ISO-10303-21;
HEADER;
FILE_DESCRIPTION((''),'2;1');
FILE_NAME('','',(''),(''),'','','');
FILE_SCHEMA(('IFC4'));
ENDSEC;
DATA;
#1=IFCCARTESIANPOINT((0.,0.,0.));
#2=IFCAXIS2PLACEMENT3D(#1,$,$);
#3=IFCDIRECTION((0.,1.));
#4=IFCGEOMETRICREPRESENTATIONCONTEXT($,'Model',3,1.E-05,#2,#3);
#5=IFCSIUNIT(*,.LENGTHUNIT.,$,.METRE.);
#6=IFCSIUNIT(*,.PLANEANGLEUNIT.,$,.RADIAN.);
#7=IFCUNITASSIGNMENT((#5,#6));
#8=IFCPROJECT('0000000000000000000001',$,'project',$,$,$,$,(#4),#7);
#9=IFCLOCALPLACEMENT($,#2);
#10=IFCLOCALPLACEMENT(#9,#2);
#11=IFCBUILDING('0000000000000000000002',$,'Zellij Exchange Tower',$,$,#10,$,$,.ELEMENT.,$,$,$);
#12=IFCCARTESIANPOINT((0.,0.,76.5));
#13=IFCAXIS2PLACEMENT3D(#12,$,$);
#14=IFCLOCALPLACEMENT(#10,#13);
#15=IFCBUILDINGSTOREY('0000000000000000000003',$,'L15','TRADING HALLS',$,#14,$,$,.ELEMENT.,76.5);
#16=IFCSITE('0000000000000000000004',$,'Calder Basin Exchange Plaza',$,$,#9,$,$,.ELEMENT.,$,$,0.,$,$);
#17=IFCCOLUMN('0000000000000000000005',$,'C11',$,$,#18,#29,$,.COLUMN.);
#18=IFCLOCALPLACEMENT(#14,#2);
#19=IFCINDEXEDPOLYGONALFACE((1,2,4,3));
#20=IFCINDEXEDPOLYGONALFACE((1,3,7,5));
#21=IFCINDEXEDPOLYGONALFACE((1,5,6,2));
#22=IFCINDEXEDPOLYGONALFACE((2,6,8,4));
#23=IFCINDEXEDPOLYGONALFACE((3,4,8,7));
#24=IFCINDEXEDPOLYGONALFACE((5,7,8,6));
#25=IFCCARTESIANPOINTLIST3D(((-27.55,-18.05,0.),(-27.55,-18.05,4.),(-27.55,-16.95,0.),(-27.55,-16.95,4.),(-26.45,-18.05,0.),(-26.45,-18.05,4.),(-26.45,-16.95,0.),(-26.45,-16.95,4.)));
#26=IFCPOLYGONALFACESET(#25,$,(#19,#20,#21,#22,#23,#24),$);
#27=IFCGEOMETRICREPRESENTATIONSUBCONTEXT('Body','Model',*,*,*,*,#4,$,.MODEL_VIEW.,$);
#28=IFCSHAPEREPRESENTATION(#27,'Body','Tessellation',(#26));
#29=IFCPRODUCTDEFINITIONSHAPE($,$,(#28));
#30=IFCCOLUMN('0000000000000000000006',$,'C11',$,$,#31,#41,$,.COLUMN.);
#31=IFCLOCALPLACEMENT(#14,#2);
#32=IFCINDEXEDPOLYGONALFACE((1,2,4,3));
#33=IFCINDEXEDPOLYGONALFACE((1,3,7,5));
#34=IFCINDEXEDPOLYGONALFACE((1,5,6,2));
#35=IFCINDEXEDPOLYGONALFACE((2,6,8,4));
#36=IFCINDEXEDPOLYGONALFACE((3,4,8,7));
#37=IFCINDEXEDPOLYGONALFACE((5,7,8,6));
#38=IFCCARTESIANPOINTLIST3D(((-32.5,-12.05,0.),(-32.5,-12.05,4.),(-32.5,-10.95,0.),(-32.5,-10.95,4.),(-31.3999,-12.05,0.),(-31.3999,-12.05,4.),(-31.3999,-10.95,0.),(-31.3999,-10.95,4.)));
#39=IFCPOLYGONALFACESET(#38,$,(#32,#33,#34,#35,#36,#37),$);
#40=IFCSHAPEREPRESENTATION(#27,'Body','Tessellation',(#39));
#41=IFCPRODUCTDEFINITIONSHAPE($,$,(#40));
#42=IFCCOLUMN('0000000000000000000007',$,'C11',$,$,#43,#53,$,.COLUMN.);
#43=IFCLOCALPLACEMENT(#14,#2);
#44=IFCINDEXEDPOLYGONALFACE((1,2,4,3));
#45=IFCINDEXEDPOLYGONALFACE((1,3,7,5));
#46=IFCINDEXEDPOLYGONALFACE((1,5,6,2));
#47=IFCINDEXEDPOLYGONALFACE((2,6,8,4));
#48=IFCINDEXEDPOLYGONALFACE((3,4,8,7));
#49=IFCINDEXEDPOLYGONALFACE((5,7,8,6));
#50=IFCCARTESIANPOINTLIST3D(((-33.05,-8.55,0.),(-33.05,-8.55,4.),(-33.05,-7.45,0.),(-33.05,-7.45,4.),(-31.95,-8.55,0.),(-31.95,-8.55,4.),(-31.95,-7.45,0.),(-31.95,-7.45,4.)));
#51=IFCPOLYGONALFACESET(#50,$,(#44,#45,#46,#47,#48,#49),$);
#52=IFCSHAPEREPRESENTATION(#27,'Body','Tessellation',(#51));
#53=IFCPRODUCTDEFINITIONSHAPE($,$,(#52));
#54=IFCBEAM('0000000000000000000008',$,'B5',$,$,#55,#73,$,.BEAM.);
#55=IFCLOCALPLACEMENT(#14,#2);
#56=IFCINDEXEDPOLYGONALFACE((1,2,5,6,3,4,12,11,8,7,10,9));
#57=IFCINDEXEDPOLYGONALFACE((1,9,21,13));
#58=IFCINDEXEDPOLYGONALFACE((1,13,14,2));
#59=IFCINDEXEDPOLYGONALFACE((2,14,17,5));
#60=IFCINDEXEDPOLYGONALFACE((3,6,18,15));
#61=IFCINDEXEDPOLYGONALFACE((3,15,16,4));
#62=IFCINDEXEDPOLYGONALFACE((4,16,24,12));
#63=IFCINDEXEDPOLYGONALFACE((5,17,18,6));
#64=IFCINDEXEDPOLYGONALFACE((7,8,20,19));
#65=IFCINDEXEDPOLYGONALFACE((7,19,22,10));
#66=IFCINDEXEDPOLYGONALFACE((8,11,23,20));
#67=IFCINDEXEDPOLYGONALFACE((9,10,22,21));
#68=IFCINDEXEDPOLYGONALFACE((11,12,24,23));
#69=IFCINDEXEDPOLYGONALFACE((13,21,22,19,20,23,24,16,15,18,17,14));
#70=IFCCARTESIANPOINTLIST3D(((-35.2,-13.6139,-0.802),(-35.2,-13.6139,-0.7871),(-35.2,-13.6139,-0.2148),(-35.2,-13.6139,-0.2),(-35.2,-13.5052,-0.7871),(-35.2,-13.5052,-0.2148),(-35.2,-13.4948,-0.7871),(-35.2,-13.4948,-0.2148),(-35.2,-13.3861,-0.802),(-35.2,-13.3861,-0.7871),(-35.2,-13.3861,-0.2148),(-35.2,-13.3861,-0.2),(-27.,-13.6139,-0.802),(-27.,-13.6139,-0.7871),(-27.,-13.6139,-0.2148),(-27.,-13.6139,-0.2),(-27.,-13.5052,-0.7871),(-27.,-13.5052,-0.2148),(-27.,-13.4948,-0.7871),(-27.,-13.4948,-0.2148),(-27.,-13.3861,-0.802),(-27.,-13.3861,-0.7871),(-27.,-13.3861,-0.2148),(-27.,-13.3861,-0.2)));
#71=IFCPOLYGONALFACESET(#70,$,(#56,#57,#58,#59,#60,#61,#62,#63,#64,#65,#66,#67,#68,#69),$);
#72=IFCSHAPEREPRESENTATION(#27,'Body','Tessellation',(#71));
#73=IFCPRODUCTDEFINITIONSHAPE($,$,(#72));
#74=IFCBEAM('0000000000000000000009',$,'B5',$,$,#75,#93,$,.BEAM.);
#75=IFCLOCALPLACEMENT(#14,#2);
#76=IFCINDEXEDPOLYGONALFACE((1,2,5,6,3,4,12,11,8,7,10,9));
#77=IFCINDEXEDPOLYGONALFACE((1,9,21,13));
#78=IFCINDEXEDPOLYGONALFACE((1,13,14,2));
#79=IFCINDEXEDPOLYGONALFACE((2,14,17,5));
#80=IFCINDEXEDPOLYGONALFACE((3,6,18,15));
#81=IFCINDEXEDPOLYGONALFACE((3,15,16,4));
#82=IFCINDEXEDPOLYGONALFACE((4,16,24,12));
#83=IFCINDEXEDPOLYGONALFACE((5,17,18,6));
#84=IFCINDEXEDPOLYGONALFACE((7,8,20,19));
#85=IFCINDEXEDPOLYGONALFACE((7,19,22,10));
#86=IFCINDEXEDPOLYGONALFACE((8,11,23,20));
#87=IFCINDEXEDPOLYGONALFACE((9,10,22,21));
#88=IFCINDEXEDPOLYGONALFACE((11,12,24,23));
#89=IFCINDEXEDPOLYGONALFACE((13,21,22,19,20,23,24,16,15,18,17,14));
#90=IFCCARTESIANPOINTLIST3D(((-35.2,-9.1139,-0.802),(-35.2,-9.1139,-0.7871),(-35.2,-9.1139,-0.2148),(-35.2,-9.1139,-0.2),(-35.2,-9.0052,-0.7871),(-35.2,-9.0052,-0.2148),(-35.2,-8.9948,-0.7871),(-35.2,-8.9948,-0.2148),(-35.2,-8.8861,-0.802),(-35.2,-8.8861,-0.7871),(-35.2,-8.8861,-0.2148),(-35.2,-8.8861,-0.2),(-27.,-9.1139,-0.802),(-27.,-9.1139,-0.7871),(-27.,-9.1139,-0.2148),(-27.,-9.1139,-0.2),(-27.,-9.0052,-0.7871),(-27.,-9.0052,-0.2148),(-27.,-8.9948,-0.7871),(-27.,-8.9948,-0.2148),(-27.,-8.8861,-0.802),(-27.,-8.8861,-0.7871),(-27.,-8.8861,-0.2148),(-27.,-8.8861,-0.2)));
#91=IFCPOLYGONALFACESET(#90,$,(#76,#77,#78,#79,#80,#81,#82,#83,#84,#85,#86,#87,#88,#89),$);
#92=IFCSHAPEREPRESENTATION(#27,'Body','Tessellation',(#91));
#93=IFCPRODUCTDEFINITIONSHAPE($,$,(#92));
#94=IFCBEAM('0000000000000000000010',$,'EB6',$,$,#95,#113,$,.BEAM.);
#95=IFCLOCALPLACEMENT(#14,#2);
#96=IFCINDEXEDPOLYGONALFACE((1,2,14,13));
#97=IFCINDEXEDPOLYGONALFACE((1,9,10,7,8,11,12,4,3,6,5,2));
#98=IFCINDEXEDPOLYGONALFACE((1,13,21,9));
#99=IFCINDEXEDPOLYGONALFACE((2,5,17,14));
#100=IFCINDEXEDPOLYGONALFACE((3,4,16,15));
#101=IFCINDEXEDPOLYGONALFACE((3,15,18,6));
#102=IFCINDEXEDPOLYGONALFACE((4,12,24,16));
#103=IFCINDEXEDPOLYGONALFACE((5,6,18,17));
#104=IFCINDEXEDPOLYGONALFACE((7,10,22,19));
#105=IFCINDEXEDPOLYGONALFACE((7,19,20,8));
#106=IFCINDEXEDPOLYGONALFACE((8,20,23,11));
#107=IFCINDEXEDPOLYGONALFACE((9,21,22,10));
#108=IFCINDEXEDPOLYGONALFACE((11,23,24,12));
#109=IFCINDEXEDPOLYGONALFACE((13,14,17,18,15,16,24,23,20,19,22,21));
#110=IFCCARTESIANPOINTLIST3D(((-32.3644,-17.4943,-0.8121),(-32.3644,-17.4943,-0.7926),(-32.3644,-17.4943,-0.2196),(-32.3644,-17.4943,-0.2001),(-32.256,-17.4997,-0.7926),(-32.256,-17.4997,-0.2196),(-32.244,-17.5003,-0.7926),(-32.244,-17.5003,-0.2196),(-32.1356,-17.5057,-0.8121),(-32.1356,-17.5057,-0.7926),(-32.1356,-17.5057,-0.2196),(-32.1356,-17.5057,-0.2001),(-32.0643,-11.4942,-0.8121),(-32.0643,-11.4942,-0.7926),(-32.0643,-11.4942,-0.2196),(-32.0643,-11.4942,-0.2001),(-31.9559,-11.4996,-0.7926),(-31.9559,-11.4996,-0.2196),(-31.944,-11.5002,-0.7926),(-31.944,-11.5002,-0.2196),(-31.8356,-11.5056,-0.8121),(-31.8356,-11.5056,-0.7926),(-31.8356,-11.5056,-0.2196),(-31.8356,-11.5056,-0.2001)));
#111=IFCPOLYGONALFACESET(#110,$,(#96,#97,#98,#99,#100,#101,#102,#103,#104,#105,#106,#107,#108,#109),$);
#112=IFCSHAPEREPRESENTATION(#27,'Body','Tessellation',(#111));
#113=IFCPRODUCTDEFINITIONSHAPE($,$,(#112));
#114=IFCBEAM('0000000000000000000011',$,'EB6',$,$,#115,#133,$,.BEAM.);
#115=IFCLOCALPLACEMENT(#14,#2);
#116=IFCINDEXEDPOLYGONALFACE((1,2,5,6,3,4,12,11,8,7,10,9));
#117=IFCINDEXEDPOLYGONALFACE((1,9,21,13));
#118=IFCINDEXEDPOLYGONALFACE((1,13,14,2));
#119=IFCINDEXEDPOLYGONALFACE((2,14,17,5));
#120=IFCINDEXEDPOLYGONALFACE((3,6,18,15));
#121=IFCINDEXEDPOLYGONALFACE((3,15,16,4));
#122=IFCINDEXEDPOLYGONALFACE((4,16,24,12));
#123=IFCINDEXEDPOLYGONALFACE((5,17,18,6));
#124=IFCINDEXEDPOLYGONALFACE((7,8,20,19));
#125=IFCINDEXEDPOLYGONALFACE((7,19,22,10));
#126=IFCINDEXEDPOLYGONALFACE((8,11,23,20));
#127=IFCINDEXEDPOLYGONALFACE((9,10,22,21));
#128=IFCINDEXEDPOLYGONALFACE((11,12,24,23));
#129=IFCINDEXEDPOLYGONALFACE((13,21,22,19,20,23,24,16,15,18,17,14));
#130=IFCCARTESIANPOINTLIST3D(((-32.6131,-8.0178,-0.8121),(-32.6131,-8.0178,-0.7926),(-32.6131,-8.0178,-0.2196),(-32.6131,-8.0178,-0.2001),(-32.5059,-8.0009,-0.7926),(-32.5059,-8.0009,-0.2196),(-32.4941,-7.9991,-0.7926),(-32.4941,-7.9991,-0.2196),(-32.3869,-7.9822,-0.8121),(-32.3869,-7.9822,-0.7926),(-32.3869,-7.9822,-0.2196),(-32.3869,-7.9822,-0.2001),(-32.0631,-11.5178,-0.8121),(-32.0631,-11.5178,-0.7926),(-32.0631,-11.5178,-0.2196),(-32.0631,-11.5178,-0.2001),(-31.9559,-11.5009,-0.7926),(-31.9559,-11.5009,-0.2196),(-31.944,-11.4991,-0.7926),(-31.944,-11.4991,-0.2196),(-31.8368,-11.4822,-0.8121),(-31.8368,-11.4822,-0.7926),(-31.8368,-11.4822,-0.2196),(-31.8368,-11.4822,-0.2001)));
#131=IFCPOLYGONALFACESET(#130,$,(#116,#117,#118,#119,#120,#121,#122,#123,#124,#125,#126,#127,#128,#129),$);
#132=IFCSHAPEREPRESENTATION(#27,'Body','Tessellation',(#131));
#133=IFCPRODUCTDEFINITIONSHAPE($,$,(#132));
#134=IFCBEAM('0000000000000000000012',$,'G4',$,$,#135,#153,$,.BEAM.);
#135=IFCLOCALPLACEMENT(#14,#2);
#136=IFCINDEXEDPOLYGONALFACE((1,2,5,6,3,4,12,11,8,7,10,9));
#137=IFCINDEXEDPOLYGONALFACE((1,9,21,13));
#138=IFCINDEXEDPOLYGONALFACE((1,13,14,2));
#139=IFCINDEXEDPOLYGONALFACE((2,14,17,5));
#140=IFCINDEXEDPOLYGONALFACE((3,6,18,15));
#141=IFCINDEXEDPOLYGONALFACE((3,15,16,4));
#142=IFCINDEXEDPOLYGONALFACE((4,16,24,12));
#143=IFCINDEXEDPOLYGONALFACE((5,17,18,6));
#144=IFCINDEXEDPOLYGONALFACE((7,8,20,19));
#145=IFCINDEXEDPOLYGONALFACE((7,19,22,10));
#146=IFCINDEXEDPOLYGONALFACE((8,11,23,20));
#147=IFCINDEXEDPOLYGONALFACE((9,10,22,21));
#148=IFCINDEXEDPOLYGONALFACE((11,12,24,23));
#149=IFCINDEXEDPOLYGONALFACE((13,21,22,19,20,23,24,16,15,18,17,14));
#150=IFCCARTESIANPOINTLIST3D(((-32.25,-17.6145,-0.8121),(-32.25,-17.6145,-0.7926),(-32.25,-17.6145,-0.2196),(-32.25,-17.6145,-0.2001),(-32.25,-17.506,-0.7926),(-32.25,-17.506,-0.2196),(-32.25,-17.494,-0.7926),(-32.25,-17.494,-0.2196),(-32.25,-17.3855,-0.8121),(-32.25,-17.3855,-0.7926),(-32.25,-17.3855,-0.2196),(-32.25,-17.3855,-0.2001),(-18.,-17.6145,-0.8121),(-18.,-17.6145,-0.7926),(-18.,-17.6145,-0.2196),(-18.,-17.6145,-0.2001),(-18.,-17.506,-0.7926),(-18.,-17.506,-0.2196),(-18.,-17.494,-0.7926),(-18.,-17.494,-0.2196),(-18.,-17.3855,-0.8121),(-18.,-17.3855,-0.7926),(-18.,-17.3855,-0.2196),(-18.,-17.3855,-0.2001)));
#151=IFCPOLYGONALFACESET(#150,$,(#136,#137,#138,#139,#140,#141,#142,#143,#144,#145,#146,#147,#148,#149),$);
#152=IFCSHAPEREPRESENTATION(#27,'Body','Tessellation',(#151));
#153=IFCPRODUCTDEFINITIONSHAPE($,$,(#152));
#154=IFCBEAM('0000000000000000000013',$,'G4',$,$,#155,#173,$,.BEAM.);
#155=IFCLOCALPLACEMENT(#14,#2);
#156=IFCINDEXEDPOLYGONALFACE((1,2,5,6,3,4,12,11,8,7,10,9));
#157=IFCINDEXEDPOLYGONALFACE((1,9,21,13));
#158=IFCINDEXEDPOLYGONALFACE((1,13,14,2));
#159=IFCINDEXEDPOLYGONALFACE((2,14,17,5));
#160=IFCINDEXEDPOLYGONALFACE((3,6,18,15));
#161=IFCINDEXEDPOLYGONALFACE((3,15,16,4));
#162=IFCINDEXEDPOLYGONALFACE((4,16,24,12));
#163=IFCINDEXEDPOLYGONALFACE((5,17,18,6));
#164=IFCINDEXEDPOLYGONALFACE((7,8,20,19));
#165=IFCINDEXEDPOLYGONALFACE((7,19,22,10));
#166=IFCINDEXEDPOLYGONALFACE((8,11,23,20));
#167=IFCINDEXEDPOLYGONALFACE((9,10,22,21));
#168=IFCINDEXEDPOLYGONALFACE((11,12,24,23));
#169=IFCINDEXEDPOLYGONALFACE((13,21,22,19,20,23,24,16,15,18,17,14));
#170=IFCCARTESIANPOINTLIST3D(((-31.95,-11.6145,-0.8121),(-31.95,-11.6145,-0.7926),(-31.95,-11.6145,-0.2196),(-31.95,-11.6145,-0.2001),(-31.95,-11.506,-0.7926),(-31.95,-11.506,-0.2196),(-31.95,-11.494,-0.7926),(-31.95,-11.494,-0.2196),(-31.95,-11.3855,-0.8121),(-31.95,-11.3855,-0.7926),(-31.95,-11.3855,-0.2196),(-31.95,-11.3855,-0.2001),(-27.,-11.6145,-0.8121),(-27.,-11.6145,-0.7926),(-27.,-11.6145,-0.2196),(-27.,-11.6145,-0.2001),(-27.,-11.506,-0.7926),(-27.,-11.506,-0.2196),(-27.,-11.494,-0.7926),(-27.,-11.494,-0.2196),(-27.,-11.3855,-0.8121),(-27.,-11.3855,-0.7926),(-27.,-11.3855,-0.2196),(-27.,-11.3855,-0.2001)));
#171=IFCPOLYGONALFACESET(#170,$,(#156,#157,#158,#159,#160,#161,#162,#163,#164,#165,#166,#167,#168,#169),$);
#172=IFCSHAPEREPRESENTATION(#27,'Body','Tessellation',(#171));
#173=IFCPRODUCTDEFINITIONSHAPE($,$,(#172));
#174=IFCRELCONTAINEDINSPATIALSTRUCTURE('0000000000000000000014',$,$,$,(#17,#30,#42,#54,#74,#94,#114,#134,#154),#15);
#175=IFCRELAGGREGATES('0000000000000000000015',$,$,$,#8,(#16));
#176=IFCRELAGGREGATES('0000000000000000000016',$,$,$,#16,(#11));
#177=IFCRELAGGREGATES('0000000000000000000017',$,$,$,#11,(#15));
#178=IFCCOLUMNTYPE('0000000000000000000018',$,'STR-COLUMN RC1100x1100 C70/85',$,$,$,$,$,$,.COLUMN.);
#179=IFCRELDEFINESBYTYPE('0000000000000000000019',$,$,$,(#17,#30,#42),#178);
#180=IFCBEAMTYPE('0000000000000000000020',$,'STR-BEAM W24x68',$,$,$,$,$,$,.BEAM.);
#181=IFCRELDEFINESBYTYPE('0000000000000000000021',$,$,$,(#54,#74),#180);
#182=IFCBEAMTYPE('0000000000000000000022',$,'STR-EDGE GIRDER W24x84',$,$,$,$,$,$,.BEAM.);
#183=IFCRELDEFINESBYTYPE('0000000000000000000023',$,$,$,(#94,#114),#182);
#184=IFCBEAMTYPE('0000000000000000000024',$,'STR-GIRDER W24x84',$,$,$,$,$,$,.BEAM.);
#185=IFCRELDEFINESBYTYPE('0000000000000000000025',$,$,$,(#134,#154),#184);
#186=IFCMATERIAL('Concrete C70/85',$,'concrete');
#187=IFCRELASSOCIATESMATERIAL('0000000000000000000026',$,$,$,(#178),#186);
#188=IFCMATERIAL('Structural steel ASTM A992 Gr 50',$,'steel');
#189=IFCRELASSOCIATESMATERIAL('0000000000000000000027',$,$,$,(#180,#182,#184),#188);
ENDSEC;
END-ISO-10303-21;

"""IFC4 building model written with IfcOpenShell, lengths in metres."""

from ifc_helpers import new_model, si_unit, direction, frame, origin, origin_2d, place, context, subcontext, project, spatial, rectangle, i_section, extrude, material, material_profile, profile_set, type_object, element, save


model = new_model("IFC4")

# Units and contexts
model_context = context("Model", 3, precision=1e-05, world=origin(), true_north=direction((0.0, 1.0)))
body_context = subcontext(model_context, "Body", "Model", "MODEL_VIEW")
ifc_project = project(units=[si_unit("LENGTHUNIT", "METRE"), si_unit("PLANEANGLEUNIT", "RADIAN")], contexts=[model_context])

# Site, building, storey
site_placement = place(None, origin())
site = spatial("IfcSite", under=ifc_project, at=site_placement, Name="Calder Basin Exchange Plaza", CompositionType="ELEMENT", RefElevation=0.0)
building_placement = place(site_placement, origin())
building = spatial("IfcBuilding", under=site, at=building_placement, Name="Zellij Exchange Tower", CompositionType="ELEMENT")
storey_placement = place(building_placement, frame((0.0, 0.0, 76.5)))
storey = spatial("IfcBuildingStorey", under=building, at=storey_placement, Name="L15", Description="TRADING HALLS", CompositionType="ELEMENT", Elevation=76.5)

# Columns
ifc_material_1 = material(Name="Concrete C70/85", Category="concrete")
ifc_material_profile_1 = material_profile(ifc_material_1, rectangle(XDim=1.1001, YDim=1.1001, at=origin_2d()), Name="STR-COLUMN RC1100x1100 C70/85")
ifc_profile_set_1 = profile_set([ifc_material_profile_1], Name="Concrete C70/85")
column_type = type_object("IfcColumnType", Name="STR-COLUMN RC1100x1100 C70/85", PredefinedType="COLUMN", material=ifc_profile_set_1)
for number, where, z_axis, x_axis, name in (
    (1, (-27.0, -17.5, 0.0), (0.0, 0.0, 1.0), (1.0, 0.0, 0.0), "C11"),
    (2, (-31.95, -11.5, 0.0), (0.0, 0.0, 1.0), (1.0, 0.0, 0.0), "C11"),
    (3, (-32.5, -8.0, 0.0), (0.0, 0.0, 1.0), (1.0, 0.0, 0.0), "C11"),
):
    element("IfcColumn", number, at=place(storey_placement, frame(where, z_axis=z_axis, x_axis=x_axis)), inside=storey, type_object=column_type, Name=name, PredefinedType="COLUMN", context=body_context, shape_type="SweptSolid", body=[
        extrude(rectangle(XDim=1.1001, YDim=1.1001, at=origin_2d()), origin(), (0.0, 0.0, 1.0), 4.0),
    ])

# Beams
ifc_material_2 = material(Name="Structural steel ASTM A992 Gr 50", Category="steel")
ifc_material_profile_2 = material_profile(ifc_material_2, i_section(OverallWidth=0.2278, OverallDepth=0.6021, WebThickness=0.0105, FlangeThickness=0.0149, at=origin_2d()), Name="W24x68")
ifc_profile_set_2 = profile_set([ifc_material_profile_2], Name="Structural steel ASTM A992 Gr 50")
beam_type_1 = type_object("IfcBeamType", Name="STR-BEAM W24x68", PredefinedType="BEAM", material=ifc_profile_set_2)
for number, where, z_axis, x_axis, name in (
    (4, (-35.2, -13.5, -0.501), (1.0, 0.0, 0.0), (0.0, 1.0, 0.0), "B5"),
    (5, (-35.2, -9.0, -0.501), (1.0, 0.0, 0.0), (0.0, 1.0, 0.0), "B5"),
):
    element("IfcBeam", number, at=place(storey_placement, frame(where, z_axis=z_axis, x_axis=x_axis)), inside=storey, type_object=beam_type_1, Name=name, PredefinedType="BEAM", context=body_context, shape_type="SweptSolid", body=[
        extrude(i_section(OverallWidth=0.2278, OverallDepth=0.6021, WebThickness=0.0105, FlangeThickness=0.0149, at=origin_2d()), origin(), (0.0, 0.0, 1.0), 8.2),
    ])
ifc_material_profile_3 = material_profile(ifc_material_2, i_section(OverallWidth=0.229, OverallDepth=0.6121, WebThickness=0.012, FlangeThickness=0.0195, at=origin_2d()), Name="W24x84")
ifc_profile_set_3 = profile_set([ifc_material_profile_3], Name="Structural steel ASTM A992 Gr 50")
beam_type_2 = type_object("IfcBeamType", Name="STR-EDGE GIRDER W24x84", PredefinedType="BEAM", material=ifc_profile_set_3)
beam_1_placement = place(storey_placement, frame((-32.25, -17.5, -0.5061), z_axis=(0.049946, 0.998752, 0.0), x_axis=(-0.998752, 0.049946, 0.0)))
element("IfcBeam", 6, at=beam_1_placement, inside=storey, type_object=beam_type_2, Name="EB6", PredefinedType="BEAM", context=body_context, shape_type="SweptSolid", body=[
    extrude(i_section(OverallWidth=0.229, OverallDepth=0.6121, WebThickness=0.012, FlangeThickness=0.0195, at=origin_2d()), origin(), (0.0, 0.0, 1.0), 6.0076),
])
beam_2_placement = place(storey_placement, frame((-31.95, -11.5, -0.5061), z_axis=(-0.155251, 0.987875, 0.0), x_axis=(-0.987875, -0.155251, 0.0)))
element("IfcBeam", 7, at=beam_2_placement, inside=storey, type_object=beam_type_2, Name="EB6", PredefinedType="BEAM", context=body_context, shape_type="SweptSolid", body=[
    extrude(i_section(OverallWidth=0.229, OverallDepth=0.6121, WebThickness=0.012, FlangeThickness=0.0195, at=origin_2d()), origin(), (0.0, 0.0, 1.0), 3.543),
])
ifc_material_profile_4 = material_profile(ifc_material_2, i_section(OverallWidth=0.229, OverallDepth=0.6121, WebThickness=0.012, FlangeThickness=0.0195, at=origin_2d()), Name="W24x84")
ifc_profile_set_4 = profile_set([ifc_material_profile_4], Name="Structural steel ASTM A992 Gr 50")
beam_type_3 = type_object("IfcBeamType", Name="STR-GIRDER W24x84", PredefinedType="BEAM", material=ifc_profile_set_4)
beam_3_placement = place(storey_placement, frame((-32.25, -17.5, -0.5061), z_axis=(1.0, 0.0, 0.0), x_axis=(0.0, 1.0, 0.0)))
element("IfcBeam", 8, at=beam_3_placement, inside=storey, type_object=beam_type_3, Name="G4", PredefinedType="BEAM", context=body_context, shape_type="SweptSolid", body=[
    extrude(i_section(OverallWidth=0.229, OverallDepth=0.6121, WebThickness=0.012, FlangeThickness=0.0195, at=origin_2d()), origin(), (0.0, 0.0, 1.0), 14.25),
])
beam_4_placement = place(storey_placement, frame((-31.95, -11.5, -0.5061), z_axis=(1.0, 0.0, 0.0), x_axis=(0.0, 1.0, 0.0)))
element("IfcBeam", 9, at=beam_4_placement, inside=storey, type_object=beam_type_3, Name="G4", PredefinedType="BEAM", context=body_context, shape_type="SweptSolid", body=[
    extrude(i_section(OverallWidth=0.229, OverallDepth=0.6121, WebThickness=0.012, FlangeThickness=0.0195, at=origin_2d()), origin(), (0.0, 0.0, 1.0), 4.95),
])

save(model, "model.ifc")
